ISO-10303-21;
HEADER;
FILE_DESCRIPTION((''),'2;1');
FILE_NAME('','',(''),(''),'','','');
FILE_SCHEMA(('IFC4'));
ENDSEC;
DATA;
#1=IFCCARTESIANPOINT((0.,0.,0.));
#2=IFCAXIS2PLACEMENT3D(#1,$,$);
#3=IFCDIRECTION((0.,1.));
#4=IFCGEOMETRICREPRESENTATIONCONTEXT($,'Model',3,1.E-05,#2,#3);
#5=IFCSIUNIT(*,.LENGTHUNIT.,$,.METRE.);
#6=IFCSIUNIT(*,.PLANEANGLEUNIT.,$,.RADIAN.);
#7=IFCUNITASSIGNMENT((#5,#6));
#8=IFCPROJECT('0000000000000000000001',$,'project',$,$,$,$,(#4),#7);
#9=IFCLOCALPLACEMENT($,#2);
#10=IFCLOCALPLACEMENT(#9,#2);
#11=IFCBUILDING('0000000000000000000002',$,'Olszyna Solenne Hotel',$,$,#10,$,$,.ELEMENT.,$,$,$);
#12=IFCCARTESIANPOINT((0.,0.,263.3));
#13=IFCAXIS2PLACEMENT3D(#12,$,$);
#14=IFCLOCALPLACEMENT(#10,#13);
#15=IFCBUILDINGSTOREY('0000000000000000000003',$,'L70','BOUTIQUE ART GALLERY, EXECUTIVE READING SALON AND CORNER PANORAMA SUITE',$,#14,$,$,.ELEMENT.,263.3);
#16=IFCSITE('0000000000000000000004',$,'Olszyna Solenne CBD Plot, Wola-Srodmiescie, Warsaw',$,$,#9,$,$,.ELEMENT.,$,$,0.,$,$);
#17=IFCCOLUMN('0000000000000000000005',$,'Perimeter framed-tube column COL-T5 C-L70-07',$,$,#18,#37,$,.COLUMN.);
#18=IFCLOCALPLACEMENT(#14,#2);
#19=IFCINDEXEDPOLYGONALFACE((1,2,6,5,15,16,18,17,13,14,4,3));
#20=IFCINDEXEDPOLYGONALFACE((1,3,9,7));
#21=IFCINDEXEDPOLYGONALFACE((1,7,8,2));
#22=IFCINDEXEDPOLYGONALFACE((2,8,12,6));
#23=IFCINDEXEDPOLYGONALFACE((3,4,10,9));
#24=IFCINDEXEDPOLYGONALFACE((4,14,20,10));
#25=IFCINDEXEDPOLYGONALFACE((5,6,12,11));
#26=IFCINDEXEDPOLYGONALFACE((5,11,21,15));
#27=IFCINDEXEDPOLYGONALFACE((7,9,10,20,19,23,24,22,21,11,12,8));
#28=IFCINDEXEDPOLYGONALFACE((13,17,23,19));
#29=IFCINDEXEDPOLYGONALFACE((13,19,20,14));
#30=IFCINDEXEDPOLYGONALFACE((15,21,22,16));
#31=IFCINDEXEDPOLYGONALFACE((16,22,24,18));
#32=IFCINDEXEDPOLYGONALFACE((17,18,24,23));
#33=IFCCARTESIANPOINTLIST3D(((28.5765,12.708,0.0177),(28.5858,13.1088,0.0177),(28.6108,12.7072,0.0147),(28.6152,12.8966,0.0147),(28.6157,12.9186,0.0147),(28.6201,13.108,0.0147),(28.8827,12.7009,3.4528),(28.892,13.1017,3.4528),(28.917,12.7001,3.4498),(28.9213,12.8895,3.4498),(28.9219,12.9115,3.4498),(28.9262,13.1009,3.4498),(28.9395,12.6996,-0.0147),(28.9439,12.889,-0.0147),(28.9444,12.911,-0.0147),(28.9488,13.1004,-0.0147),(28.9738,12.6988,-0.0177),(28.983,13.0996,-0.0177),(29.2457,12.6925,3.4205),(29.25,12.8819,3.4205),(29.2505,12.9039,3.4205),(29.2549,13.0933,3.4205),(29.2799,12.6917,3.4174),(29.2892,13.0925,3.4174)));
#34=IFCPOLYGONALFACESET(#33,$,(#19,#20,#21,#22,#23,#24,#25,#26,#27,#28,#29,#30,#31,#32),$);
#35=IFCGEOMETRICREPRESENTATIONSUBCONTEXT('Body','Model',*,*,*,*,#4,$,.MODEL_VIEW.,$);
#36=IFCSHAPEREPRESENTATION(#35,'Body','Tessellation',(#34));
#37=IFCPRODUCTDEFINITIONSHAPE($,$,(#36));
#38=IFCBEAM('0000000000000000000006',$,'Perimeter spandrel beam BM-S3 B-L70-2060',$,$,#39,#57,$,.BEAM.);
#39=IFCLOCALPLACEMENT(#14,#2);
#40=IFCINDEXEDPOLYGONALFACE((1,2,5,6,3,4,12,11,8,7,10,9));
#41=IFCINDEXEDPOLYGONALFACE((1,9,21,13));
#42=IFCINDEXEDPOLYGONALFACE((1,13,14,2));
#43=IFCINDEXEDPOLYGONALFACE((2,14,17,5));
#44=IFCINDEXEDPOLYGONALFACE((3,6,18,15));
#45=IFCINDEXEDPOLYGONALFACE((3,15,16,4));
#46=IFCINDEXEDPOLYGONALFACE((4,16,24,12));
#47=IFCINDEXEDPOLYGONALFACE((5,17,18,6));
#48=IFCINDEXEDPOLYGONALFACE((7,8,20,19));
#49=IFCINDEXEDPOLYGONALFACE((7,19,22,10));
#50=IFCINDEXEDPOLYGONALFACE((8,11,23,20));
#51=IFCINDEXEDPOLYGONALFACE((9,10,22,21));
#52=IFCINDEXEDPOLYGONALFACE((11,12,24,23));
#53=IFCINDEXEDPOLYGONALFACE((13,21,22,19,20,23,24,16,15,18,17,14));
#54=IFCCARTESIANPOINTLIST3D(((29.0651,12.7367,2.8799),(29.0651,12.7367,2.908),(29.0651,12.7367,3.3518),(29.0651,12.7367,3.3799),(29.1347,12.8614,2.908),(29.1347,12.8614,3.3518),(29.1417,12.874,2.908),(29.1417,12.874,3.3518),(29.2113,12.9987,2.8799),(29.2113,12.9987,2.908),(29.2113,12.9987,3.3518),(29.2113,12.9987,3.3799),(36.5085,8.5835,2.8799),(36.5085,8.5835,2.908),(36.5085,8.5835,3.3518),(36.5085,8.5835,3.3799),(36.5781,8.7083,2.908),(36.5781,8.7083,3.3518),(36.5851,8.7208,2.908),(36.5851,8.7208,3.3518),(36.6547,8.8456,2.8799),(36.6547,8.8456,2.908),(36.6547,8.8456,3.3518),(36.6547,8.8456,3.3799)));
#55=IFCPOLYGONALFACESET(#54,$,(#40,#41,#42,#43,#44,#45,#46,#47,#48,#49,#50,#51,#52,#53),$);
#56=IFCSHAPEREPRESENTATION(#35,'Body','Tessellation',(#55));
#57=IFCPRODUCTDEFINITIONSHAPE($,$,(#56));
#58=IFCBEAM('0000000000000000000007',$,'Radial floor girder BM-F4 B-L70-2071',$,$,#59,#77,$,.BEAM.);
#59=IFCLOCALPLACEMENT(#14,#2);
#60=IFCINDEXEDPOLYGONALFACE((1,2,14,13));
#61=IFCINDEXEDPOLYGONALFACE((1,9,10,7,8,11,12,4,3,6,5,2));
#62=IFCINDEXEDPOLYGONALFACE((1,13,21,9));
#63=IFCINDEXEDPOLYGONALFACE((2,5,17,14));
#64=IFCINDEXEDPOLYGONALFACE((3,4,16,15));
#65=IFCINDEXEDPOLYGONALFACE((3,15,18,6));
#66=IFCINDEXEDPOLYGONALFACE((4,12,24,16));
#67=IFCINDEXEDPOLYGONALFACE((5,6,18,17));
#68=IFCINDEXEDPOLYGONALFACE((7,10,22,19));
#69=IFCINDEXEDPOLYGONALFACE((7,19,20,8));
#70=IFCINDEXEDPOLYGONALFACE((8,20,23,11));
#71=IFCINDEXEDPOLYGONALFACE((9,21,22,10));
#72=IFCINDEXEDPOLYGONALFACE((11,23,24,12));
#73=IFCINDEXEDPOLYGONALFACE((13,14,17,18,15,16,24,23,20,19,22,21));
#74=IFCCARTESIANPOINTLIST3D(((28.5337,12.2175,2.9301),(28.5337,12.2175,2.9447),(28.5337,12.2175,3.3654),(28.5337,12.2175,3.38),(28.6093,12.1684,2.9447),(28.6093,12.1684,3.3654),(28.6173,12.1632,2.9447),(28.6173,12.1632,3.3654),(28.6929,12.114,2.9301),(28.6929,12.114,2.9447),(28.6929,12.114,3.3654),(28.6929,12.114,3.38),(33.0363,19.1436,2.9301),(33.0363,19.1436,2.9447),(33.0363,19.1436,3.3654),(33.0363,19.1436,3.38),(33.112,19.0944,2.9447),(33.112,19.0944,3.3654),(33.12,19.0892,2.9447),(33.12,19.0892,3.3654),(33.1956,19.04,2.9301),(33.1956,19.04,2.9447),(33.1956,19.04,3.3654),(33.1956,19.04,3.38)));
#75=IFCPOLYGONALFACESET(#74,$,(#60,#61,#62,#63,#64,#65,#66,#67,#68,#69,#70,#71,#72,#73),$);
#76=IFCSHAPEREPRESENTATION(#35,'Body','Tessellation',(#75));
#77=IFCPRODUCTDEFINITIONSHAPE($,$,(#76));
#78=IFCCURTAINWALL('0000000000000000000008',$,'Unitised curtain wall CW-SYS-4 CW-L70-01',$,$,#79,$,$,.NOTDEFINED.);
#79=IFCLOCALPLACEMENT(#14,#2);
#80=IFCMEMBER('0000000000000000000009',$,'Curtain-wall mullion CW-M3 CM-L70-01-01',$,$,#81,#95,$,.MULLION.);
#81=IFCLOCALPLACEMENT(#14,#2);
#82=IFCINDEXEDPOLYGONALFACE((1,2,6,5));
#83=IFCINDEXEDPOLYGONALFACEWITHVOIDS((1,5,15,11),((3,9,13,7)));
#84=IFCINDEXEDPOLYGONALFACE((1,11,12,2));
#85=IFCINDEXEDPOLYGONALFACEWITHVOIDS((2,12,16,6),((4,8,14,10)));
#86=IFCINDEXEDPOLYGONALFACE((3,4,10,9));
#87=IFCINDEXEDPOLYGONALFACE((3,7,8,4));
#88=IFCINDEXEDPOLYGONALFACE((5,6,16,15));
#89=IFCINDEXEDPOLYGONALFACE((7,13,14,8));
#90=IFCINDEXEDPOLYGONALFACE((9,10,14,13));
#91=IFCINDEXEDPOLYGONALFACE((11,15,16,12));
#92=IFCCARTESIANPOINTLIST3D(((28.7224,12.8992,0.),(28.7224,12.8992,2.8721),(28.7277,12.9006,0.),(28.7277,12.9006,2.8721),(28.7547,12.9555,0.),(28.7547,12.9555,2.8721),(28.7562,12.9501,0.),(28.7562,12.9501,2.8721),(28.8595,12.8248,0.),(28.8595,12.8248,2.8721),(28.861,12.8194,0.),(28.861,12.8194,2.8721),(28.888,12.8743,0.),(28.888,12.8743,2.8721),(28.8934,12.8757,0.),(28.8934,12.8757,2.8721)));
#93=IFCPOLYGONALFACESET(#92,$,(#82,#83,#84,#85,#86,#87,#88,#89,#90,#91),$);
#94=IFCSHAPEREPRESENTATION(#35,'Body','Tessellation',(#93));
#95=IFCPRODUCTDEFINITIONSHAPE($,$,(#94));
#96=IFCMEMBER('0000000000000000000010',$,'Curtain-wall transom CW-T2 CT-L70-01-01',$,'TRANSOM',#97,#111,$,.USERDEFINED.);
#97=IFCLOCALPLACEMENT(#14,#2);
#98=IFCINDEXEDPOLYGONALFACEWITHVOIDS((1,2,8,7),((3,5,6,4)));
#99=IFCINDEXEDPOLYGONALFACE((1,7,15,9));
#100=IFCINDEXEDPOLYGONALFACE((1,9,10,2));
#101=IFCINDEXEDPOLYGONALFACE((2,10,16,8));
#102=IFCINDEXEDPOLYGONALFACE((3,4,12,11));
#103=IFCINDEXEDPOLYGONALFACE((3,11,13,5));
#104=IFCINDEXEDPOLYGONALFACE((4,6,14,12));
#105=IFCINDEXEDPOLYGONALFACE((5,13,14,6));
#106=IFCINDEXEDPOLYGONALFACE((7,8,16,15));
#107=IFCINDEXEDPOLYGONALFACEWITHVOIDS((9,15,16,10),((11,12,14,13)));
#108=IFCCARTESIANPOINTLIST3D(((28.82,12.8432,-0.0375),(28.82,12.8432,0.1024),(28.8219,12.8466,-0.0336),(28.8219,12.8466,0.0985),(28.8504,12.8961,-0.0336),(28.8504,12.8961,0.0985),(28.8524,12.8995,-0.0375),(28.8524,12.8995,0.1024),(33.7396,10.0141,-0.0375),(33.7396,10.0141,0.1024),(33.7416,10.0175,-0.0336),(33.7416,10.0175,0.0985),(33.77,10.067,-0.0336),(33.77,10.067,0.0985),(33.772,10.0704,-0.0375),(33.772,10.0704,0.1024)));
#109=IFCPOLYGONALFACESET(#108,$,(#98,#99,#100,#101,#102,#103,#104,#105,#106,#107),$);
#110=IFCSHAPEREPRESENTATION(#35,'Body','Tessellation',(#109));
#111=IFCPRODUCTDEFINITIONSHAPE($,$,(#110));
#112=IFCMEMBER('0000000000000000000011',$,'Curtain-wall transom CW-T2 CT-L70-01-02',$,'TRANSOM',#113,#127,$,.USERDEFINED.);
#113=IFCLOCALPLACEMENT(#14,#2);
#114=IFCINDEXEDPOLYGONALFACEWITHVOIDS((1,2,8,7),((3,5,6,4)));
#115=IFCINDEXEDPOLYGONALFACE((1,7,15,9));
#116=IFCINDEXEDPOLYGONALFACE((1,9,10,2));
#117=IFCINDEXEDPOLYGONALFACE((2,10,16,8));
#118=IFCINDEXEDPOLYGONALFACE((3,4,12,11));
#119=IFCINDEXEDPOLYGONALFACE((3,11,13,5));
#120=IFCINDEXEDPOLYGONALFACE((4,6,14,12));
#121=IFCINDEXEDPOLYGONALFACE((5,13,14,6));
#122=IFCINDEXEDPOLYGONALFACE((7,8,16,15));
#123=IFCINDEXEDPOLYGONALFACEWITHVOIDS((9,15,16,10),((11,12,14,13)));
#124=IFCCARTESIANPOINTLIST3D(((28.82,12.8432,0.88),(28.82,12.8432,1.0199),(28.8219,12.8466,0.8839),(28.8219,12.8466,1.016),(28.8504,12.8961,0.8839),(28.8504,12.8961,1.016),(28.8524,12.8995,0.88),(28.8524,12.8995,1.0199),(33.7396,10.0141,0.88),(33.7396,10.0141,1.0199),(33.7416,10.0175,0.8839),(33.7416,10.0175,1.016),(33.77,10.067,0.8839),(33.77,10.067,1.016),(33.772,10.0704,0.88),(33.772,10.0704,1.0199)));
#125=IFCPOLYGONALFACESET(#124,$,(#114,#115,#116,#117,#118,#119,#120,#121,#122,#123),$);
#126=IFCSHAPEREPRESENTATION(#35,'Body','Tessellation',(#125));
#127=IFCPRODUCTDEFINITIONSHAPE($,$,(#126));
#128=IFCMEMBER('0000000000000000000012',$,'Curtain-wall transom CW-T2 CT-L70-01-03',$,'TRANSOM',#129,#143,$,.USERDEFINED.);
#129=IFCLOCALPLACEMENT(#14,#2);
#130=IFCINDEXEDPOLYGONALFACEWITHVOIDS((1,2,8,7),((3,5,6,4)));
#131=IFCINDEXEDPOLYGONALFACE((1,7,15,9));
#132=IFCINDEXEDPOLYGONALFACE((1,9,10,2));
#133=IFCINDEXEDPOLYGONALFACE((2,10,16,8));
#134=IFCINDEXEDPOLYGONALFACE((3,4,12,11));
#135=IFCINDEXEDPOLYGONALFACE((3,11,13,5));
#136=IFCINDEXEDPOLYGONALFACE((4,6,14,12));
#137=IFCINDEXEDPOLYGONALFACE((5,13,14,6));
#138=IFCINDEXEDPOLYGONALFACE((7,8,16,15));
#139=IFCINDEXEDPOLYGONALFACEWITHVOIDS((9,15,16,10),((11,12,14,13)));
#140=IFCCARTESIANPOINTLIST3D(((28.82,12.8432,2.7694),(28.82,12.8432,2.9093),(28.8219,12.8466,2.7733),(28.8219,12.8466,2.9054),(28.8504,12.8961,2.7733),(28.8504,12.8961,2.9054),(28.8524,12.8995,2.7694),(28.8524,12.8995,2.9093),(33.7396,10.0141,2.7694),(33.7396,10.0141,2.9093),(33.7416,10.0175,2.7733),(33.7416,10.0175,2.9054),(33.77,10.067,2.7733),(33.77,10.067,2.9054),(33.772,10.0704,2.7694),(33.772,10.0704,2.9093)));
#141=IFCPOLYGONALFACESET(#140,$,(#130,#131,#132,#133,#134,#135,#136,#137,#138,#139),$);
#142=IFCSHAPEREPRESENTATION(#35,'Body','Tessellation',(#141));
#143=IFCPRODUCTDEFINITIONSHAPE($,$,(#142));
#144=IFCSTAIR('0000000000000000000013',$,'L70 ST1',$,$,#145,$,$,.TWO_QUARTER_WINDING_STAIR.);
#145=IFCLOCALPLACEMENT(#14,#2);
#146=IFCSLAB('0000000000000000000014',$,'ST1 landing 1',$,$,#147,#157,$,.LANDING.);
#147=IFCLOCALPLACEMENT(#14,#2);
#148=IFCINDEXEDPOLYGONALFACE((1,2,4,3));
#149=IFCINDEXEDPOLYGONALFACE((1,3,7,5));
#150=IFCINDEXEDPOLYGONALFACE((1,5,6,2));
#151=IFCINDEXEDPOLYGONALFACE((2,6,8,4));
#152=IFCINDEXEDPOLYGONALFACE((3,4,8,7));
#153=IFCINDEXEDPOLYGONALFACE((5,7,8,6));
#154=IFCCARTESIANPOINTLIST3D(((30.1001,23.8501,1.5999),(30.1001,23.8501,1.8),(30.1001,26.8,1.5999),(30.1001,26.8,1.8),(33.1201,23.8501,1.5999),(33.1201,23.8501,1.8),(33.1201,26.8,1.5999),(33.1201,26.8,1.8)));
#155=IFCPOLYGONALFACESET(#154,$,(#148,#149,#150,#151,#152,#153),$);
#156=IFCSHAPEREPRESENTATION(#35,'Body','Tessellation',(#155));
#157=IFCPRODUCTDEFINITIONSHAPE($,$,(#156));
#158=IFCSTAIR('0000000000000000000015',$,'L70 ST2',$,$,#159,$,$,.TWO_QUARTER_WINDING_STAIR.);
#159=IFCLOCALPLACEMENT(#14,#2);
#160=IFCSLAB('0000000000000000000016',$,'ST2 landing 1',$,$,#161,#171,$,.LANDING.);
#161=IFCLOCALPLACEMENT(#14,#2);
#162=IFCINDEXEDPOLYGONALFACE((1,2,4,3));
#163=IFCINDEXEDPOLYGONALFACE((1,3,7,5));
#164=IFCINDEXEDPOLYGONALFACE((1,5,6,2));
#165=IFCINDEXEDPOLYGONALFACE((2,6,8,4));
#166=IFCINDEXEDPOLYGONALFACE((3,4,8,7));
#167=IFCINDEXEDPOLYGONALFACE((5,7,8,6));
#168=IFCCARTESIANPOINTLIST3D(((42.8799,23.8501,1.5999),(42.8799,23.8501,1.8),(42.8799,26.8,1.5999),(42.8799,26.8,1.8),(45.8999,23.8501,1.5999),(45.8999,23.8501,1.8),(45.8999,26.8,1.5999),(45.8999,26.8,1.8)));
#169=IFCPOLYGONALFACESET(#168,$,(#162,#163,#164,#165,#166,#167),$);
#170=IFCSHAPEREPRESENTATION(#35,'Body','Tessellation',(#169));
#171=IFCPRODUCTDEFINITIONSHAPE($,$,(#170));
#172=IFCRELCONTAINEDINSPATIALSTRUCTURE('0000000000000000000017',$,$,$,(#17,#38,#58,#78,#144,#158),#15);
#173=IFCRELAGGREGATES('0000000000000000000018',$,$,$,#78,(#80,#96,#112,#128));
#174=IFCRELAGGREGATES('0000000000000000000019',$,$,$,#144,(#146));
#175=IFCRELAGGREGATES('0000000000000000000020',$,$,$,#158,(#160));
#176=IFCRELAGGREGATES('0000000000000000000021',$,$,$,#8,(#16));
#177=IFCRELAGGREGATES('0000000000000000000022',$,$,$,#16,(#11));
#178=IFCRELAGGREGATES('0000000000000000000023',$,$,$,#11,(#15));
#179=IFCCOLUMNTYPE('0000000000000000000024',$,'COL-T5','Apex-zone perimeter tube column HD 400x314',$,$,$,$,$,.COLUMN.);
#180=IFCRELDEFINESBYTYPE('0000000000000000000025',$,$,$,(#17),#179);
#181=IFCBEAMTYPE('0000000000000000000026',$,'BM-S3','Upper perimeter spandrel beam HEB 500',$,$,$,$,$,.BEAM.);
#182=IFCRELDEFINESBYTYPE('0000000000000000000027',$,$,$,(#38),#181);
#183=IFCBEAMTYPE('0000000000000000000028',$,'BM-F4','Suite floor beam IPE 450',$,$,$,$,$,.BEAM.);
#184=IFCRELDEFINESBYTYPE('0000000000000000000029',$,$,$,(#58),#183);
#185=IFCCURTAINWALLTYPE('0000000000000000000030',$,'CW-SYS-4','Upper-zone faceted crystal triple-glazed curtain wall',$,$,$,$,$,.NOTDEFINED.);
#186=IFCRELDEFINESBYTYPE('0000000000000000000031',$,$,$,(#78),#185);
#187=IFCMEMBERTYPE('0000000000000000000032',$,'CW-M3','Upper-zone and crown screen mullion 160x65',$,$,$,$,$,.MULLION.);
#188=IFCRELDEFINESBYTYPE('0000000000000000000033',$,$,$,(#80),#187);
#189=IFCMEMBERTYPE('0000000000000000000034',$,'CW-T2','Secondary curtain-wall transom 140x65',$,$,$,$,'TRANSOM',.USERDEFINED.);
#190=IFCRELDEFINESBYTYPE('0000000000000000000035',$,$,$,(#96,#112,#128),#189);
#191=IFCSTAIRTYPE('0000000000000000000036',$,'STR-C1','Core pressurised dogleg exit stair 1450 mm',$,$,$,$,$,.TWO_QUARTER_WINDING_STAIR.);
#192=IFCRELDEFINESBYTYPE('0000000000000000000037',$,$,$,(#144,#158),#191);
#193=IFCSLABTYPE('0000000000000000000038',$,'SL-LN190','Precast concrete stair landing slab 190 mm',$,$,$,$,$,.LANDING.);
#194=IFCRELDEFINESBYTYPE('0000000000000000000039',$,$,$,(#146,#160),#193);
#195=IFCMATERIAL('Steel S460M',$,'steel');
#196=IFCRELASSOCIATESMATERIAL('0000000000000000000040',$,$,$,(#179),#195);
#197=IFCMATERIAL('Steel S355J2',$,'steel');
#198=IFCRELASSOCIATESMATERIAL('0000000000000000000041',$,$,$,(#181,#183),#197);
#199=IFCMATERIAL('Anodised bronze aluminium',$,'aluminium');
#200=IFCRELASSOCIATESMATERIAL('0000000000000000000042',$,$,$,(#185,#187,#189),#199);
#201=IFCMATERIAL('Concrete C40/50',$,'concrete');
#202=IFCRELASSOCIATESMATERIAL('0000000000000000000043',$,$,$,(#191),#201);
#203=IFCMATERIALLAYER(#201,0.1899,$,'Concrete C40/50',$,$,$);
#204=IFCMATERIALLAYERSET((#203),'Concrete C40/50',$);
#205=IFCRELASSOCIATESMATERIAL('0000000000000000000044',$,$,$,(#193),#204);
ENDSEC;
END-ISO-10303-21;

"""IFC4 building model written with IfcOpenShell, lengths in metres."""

from ifc_helpers import new_model, si_unit, direction, frame, origin, origin_2d, place, context, subcontext, project, spatial, polyline, hollow_rectangle, i_section, outline, extrude, source, transform, mapped, material, layer, layer_set, material_profile, profile_set, type_object, element, aggregate, save


model = new_model("IFC4")

# Units and contexts
model_context = context("Model", 3, precision=1e-05, world=origin(), true_north=direction((0.0, 1.0)))
body_context = subcontext(model_context, "Body", "Model", "MODEL_VIEW")
ifc_project = project(units=[si_unit("LENGTHUNIT", "METRE"), si_unit("PLANEANGLEUNIT", "RADIAN")], contexts=[model_context])

# Site, building, storey
site_placement = place(None, origin())
site = spatial("IfcSite", under=ifc_project, at=site_placement, Name="Olszyna Solenne CBD Plot, Wola-Srodmiescie, Warsaw", CompositionType="ELEMENT", RefElevation=0.0)
building_placement = place(site_placement, origin())
building = spatial("IfcBuilding", under=site, at=building_placement, Name="Olszyna Solenne Hotel", CompositionType="ELEMENT")
storey_placement = place(building_placement, frame((0.0, 0.0, 263.3)))
storey = spatial("IfcBuildingStorey", under=building, at=storey_placement, Name="L70", Description="BOUTIQUE ART GALLERY, EXECUTIVE READING SALON AND CORNER PANORAMA SUITE", CompositionType="ELEMENT", Elevation=263.3)

# Column
ifc_material_1 = material(Name="Steel S460M", Category="steel")
ifc_material_profile_1 = material_profile(ifc_material_1, i_section(OverallWidth=0.4009, OverallDepth=0.3989, WebThickness=0.022, FlangeThickness=0.0344, at=origin_2d()), Name="HD 400x314", Category="load-bearing")
ifc_profile_set_1 = profile_set([ifc_material_profile_1], Name="Steel S460M")
column_type = type_object("IfcColumnType", Name="COL-T5", Description="Apex-zone perimeter tube column HD 400x314", PredefinedType="COLUMN", material=ifc_profile_set_1)
shared_shape_1 = source(origin(), body_context, "Body", "SweptSolid", [
    extrude(i_section(OverallWidth=0.4009, OverallDepth=0.3989, WebThickness=0.022, FlangeThickness=0.0344, at=origin_2d()), origin(), (0.0, 0.0, 1.0), 3.4487),
])
column_placement = place(storey_placement, frame((28.7798, 12.9038, 0.0), z_axis=(0.088774, -0.002053, 0.99605), x_axis=(0.02312, 0.999733, 0.0)))
element("IfcColumn", 1, at=column_placement, inside=storey, type_object=column_type, Name="Perimeter framed-tube column COL-T5 C-L70-07", PredefinedType="COLUMN", context=body_context, shape_type="MappedRepresentation", body=[
    mapped(shared_shape_1, transform((0.0, 0.0, 0.0), x_axis=(1.0, 0.0, 0.0), y_axis=(0.0, 1.0, 0.0), z_axis=(0.0, 0.0, 1.0), scale=1.0)),
])

# Beams
ifc_material_2 = material(Name="Steel S355J2", Category="steel")
ifc_material_profile_2 = material_profile(ifc_material_2, i_section(OverallWidth=0.3, OverallDepth=0.5, WebThickness=0.0144, FlangeThickness=0.0281, at=origin_2d()), Name="HEB 500", Category="load-bearing")
ifc_profile_set_2 = profile_set([ifc_material_profile_2], Name="Steel S355J2")
beam_type_1 = type_object("IfcBeamType", Name="BM-S3", Description="Upper perimeter spandrel beam HEB 500", PredefinedType="BEAM", material=ifc_profile_set_2)
shared_shape_2 = source(origin(), body_context, "Body", "SweptSolid", [
    extrude(i_section(OverallWidth=0.3, OverallDepth=0.5, WebThickness=0.0144, FlangeThickness=0.0281, at=origin_2d()), origin(), (0.0, 0.0, 1.0), 8.5237),
])
beam_1_placement = place(storey_placement, frame((29.1382, 12.8677, 3.1299), z_axis=(0.873265, -0.487245, 0.0), x_axis=(0.487245, 0.873265, 0.0)))
element("IfcBeam", 2, at=beam_1_placement, inside=storey, type_object=beam_type_1, Name="Perimeter spandrel beam BM-S3 B-L70-2060", PredefinedType="BEAM", context=body_context, shape_type="MappedRepresentation", body=[
    mapped(shared_shape_2, transform((0.0, 0.0, 0.0), x_axis=(1.0, 0.0, 0.0), y_axis=(0.0, 1.0, 0.0), z_axis=(0.0, 0.0, 1.0), scale=1.0)),
])
ifc_material_profile_3 = material_profile(ifc_material_2, i_section(OverallWidth=0.1899, OverallDepth=0.45, WebThickness=0.0095, FlangeThickness=0.0146, at=origin_2d()), Name="IPE 450", Category="load-bearing")
ifc_profile_set_3 = profile_set([ifc_material_profile_3], Name="Steel S355J2")
beam_type_2 = type_object("IfcBeamType", Name="BM-F4", Description="Suite floor beam IPE 450", PredefinedType="BEAM", material=ifc_profile_set_3)
shared_shape_3 = source(origin(), body_context, "Body", "SweptSolid", [
    extrude(i_section(OverallWidth=0.1899, OverallDepth=0.45, WebThickness=0.0095, FlangeThickness=0.0146, at=origin_2d()), origin(), (0.0, 0.0, 1.0), 8.261),
])
beam_2_placement = place(storey_placement, frame((28.6133, 12.1658, 3.155), z_axis=(0.545054, 0.838401, 0.0), x_axis=(-0.838401, 0.545054, 0.0)))
element("IfcBeam", 3, at=beam_2_placement, inside=storey, type_object=beam_type_2, Name="Radial floor girder BM-F4 B-L70-2071", PredefinedType="BEAM", context=body_context, shape_type="MappedRepresentation", body=[
    mapped(shared_shape_3, transform((0.0, 0.0, 0.0), x_axis=(1.0, 0.0, 0.0), y_axis=(0.0, 1.0, 0.0), z_axis=(0.0, 0.0, 1.0), scale=1.0)),
])

# Curtain wall, members
ifc_material_3 = material(Name="Anodised bronze aluminium", Category="aluminium")
curtain_wall_type = type_object("IfcCurtainWallType", Name="CW-SYS-4", Description="Upper-zone faceted crystal triple-glazed curtain wall", PredefinedType="NOTDEFINED", material=ifc_material_3)
curtain_wall_placement = place(storey_placement, origin())
curtain_wall = element("IfcCurtainWall", 4, at=curtain_wall_placement, inside=storey, type_object=curtain_wall_type, Name="Unitised curtain wall CW-SYS-4 CW-L70-01", PredefinedType="NOTDEFINED")
ifc_material_profile_4 = material_profile(ifc_material_3, hollow_rectangle(XDim=0.0649, YDim=0.1599, WallThickness=0.0039, at=origin_2d()), Name="MULL 160x65x4", Category="load-bearing")
ifc_profile_set_4 = profile_set([ifc_material_profile_4], Name="Anodised bronze aluminium")
member_type_1 = type_object("IfcMemberType", Name="CW-M3", Description="Upper-zone and crown screen mullion 160x65", PredefinedType="MULLION", material=ifc_profile_set_4)
shared_shape_4 = source(origin(), body_context, "Body", "SweptSolid", [
    extrude(hollow_rectangle(XDim=0.0649, YDim=0.1599, WallThickness=0.0039, at=origin_2d()), origin(), (0.0, 0.0, 1.0), 2.8721),
])
member_1_placement = place(storey_placement, frame((28.8079, 12.8875, 0.0), z_axis=(0.0, 0.0, 1.0), x_axis=(0.498513, 0.866882, 0.0)))
member_1 = element("IfcMember", 5, at=member_1_placement, type_object=member_type_1, Name="Curtain-wall mullion CW-M3 CM-L70-01-01", PredefinedType="MULLION", context=body_context, shape_type="MappedRepresentation", body=[
    mapped(shared_shape_4, transform((0.0, 0.0, 0.0), x_axis=(1.0, 0.0, 0.0), y_axis=(0.0, 1.0, 0.0), z_axis=(0.0, 0.0, 1.0), scale=1.0)),
])
ifc_material_profile_5 = material_profile(ifc_material_3, hollow_rectangle(XDim=0.0649, YDim=0.1399, WallThickness=0.0039, at=origin_2d()), Name="TRAN 140x65x4", Category="load-bearing")
ifc_profile_set_5 = profile_set([ifc_material_profile_5], Name="Anodised bronze aluminium")
member_type_2 = type_object("IfcMemberType", Name="CW-T2", Description="Secondary curtain-wall transom 140x65", ElementType="TRANSOM", PredefinedType="USERDEFINED", material=ifc_profile_set_5)
shared_shape_5 = source(origin(), body_context, "Body", "SweptSolid", [
    extrude(hollow_rectangle(XDim=0.0649, YDim=0.1399, WallThickness=0.0039, at=origin_2d()), origin(), (0.0, 0.0, 1.0), 5.675),
])
member_2_placement = place(storey_placement, frame((28.8362, 12.8713, 0.0325), z_axis=(0.866884, -0.498509, 0.0), x_axis=(0.498509, 0.866884, 0.0)))
member_2 = element("IfcMember", 6, at=member_2_placement, type_object=member_type_2, Name="Curtain-wall transom CW-T2 CT-L70-01-01", ObjectType="TRANSOM", PredefinedType="USERDEFINED", context=body_context, shape_type="MappedRepresentation", body=[
    mapped(shared_shape_5, transform((0.0, 0.0, 0.0), x_axis=(1.0, 0.0, 0.0), y_axis=(0.0, 1.0, 0.0), z_axis=(0.0, 0.0, 1.0), scale=1.0)),
])
member_3_placement = place(storey_placement, frame((28.8362, 12.8713, 0.95), z_axis=(0.866884, -0.498509, 0.0), x_axis=(0.498509, 0.866884, 0.0)))
member_3 = element("IfcMember", 7, at=member_3_placement, type_object=member_type_2, Name="Curtain-wall transom CW-T2 CT-L70-01-02", ObjectType="TRANSOM", PredefinedType="USERDEFINED", context=body_context, shape_type="MappedRepresentation", body=[
    mapped(shared_shape_5, transform((0.0, 0.0, 0.0), x_axis=(1.0, 0.0, 0.0), y_axis=(0.0, 1.0, 0.0), z_axis=(0.0, 0.0, 1.0), scale=1.0)),
])
member_4_placement = place(storey_placement, frame((28.8362, 12.8713, 2.8394), z_axis=(0.866884, -0.498509, 0.0), x_axis=(0.498509, 0.866884, 0.0)))
member_4 = element("IfcMember", 8, at=member_4_placement, type_object=member_type_2, Name="Curtain-wall transom CW-T2 CT-L70-01-03", ObjectType="TRANSOM", PredefinedType="USERDEFINED", context=body_context, shape_type="MappedRepresentation", body=[
    mapped(shared_shape_5, transform((0.0, 0.0, 0.0), x_axis=(1.0, 0.0, 0.0), y_axis=(0.0, 1.0, 0.0), z_axis=(0.0, 0.0, 1.0), scale=1.0)),
])
aggregate(curtain_wall, [member_1, member_2, member_3, member_4])

# Stairs, slabs
ifc_material_4 = material(Name="Concrete C40/50", Category="concrete")
stair_type = type_object("IfcStairType", Name="STR-C1", Description="Core pressurised dogleg exit stair 1450 mm", PredefinedType="TWO_QUARTER_WINDING_STAIR", material=ifc_material_4)
stair_1_placement = place(storey_placement, origin())
stair_1 = element("IfcStair", 9, at=stair_1_placement, inside=storey, type_object=stair_type, Name="L70 ST1", PredefinedType="TWO_QUARTER_WINDING_STAIR")
ifc_layer_1 = layer(ifc_material_4, 0.1899, Name="Concrete C40/50")
ifc_layer_set_1 = layer_set([ifc_layer_1], Name="Concrete C40/50")
slab_type_1 = type_object("IfcSlabType", Name="SL-LN190", Description="Precast concrete stair landing slab 190 mm", PredefinedType="LANDING", material=ifc_layer_set_1)
slab_1_placement = place(storey_placement, frame((0.0, 0.0, 1.5999)))
slab_1 = element("IfcSlab", 10, at=slab_1_placement, type_object=slab_type_1, Name="ST1 landing 1", PredefinedType="LANDING", context=body_context, shape_type="SweptSolid", body=[
    extrude(outline(polyline([(33.1201, 23.8501), (33.1201, 26.8), (30.1001, 26.8), (30.1001, 23.8501), (33.1201, 23.8501)])), origin(), (0.0, 0.0, 1.0), 0.2002),
])
aggregate(stair_1, [slab_1])
stair_2_placement = place(storey_placement, origin())
stair_2 = element("IfcStair", 11, at=stair_2_placement, inside=storey, type_object=stair_type, Name="L70 ST2", PredefinedType="TWO_QUARTER_WINDING_STAIR")
slab_2_placement = place(storey_placement, frame((0.0, 0.0, 1.5999)))
slab_2 = element("IfcSlab", 12, at=slab_2_placement, type_object=slab_type_1, Name="ST2 landing 1", PredefinedType="LANDING", context=body_context, shape_type="SweptSolid", body=[
    extrude(outline(polyline([(45.8999, 23.8501), (45.8999, 26.8), (42.8799, 26.8), (42.8799, 23.8501), (45.8999, 23.8501)])), origin(), (0.0, 0.0, 1.0), 0.2002),
])
aggregate(stair_2, [slab_2])

save(model, "model.ifc")
